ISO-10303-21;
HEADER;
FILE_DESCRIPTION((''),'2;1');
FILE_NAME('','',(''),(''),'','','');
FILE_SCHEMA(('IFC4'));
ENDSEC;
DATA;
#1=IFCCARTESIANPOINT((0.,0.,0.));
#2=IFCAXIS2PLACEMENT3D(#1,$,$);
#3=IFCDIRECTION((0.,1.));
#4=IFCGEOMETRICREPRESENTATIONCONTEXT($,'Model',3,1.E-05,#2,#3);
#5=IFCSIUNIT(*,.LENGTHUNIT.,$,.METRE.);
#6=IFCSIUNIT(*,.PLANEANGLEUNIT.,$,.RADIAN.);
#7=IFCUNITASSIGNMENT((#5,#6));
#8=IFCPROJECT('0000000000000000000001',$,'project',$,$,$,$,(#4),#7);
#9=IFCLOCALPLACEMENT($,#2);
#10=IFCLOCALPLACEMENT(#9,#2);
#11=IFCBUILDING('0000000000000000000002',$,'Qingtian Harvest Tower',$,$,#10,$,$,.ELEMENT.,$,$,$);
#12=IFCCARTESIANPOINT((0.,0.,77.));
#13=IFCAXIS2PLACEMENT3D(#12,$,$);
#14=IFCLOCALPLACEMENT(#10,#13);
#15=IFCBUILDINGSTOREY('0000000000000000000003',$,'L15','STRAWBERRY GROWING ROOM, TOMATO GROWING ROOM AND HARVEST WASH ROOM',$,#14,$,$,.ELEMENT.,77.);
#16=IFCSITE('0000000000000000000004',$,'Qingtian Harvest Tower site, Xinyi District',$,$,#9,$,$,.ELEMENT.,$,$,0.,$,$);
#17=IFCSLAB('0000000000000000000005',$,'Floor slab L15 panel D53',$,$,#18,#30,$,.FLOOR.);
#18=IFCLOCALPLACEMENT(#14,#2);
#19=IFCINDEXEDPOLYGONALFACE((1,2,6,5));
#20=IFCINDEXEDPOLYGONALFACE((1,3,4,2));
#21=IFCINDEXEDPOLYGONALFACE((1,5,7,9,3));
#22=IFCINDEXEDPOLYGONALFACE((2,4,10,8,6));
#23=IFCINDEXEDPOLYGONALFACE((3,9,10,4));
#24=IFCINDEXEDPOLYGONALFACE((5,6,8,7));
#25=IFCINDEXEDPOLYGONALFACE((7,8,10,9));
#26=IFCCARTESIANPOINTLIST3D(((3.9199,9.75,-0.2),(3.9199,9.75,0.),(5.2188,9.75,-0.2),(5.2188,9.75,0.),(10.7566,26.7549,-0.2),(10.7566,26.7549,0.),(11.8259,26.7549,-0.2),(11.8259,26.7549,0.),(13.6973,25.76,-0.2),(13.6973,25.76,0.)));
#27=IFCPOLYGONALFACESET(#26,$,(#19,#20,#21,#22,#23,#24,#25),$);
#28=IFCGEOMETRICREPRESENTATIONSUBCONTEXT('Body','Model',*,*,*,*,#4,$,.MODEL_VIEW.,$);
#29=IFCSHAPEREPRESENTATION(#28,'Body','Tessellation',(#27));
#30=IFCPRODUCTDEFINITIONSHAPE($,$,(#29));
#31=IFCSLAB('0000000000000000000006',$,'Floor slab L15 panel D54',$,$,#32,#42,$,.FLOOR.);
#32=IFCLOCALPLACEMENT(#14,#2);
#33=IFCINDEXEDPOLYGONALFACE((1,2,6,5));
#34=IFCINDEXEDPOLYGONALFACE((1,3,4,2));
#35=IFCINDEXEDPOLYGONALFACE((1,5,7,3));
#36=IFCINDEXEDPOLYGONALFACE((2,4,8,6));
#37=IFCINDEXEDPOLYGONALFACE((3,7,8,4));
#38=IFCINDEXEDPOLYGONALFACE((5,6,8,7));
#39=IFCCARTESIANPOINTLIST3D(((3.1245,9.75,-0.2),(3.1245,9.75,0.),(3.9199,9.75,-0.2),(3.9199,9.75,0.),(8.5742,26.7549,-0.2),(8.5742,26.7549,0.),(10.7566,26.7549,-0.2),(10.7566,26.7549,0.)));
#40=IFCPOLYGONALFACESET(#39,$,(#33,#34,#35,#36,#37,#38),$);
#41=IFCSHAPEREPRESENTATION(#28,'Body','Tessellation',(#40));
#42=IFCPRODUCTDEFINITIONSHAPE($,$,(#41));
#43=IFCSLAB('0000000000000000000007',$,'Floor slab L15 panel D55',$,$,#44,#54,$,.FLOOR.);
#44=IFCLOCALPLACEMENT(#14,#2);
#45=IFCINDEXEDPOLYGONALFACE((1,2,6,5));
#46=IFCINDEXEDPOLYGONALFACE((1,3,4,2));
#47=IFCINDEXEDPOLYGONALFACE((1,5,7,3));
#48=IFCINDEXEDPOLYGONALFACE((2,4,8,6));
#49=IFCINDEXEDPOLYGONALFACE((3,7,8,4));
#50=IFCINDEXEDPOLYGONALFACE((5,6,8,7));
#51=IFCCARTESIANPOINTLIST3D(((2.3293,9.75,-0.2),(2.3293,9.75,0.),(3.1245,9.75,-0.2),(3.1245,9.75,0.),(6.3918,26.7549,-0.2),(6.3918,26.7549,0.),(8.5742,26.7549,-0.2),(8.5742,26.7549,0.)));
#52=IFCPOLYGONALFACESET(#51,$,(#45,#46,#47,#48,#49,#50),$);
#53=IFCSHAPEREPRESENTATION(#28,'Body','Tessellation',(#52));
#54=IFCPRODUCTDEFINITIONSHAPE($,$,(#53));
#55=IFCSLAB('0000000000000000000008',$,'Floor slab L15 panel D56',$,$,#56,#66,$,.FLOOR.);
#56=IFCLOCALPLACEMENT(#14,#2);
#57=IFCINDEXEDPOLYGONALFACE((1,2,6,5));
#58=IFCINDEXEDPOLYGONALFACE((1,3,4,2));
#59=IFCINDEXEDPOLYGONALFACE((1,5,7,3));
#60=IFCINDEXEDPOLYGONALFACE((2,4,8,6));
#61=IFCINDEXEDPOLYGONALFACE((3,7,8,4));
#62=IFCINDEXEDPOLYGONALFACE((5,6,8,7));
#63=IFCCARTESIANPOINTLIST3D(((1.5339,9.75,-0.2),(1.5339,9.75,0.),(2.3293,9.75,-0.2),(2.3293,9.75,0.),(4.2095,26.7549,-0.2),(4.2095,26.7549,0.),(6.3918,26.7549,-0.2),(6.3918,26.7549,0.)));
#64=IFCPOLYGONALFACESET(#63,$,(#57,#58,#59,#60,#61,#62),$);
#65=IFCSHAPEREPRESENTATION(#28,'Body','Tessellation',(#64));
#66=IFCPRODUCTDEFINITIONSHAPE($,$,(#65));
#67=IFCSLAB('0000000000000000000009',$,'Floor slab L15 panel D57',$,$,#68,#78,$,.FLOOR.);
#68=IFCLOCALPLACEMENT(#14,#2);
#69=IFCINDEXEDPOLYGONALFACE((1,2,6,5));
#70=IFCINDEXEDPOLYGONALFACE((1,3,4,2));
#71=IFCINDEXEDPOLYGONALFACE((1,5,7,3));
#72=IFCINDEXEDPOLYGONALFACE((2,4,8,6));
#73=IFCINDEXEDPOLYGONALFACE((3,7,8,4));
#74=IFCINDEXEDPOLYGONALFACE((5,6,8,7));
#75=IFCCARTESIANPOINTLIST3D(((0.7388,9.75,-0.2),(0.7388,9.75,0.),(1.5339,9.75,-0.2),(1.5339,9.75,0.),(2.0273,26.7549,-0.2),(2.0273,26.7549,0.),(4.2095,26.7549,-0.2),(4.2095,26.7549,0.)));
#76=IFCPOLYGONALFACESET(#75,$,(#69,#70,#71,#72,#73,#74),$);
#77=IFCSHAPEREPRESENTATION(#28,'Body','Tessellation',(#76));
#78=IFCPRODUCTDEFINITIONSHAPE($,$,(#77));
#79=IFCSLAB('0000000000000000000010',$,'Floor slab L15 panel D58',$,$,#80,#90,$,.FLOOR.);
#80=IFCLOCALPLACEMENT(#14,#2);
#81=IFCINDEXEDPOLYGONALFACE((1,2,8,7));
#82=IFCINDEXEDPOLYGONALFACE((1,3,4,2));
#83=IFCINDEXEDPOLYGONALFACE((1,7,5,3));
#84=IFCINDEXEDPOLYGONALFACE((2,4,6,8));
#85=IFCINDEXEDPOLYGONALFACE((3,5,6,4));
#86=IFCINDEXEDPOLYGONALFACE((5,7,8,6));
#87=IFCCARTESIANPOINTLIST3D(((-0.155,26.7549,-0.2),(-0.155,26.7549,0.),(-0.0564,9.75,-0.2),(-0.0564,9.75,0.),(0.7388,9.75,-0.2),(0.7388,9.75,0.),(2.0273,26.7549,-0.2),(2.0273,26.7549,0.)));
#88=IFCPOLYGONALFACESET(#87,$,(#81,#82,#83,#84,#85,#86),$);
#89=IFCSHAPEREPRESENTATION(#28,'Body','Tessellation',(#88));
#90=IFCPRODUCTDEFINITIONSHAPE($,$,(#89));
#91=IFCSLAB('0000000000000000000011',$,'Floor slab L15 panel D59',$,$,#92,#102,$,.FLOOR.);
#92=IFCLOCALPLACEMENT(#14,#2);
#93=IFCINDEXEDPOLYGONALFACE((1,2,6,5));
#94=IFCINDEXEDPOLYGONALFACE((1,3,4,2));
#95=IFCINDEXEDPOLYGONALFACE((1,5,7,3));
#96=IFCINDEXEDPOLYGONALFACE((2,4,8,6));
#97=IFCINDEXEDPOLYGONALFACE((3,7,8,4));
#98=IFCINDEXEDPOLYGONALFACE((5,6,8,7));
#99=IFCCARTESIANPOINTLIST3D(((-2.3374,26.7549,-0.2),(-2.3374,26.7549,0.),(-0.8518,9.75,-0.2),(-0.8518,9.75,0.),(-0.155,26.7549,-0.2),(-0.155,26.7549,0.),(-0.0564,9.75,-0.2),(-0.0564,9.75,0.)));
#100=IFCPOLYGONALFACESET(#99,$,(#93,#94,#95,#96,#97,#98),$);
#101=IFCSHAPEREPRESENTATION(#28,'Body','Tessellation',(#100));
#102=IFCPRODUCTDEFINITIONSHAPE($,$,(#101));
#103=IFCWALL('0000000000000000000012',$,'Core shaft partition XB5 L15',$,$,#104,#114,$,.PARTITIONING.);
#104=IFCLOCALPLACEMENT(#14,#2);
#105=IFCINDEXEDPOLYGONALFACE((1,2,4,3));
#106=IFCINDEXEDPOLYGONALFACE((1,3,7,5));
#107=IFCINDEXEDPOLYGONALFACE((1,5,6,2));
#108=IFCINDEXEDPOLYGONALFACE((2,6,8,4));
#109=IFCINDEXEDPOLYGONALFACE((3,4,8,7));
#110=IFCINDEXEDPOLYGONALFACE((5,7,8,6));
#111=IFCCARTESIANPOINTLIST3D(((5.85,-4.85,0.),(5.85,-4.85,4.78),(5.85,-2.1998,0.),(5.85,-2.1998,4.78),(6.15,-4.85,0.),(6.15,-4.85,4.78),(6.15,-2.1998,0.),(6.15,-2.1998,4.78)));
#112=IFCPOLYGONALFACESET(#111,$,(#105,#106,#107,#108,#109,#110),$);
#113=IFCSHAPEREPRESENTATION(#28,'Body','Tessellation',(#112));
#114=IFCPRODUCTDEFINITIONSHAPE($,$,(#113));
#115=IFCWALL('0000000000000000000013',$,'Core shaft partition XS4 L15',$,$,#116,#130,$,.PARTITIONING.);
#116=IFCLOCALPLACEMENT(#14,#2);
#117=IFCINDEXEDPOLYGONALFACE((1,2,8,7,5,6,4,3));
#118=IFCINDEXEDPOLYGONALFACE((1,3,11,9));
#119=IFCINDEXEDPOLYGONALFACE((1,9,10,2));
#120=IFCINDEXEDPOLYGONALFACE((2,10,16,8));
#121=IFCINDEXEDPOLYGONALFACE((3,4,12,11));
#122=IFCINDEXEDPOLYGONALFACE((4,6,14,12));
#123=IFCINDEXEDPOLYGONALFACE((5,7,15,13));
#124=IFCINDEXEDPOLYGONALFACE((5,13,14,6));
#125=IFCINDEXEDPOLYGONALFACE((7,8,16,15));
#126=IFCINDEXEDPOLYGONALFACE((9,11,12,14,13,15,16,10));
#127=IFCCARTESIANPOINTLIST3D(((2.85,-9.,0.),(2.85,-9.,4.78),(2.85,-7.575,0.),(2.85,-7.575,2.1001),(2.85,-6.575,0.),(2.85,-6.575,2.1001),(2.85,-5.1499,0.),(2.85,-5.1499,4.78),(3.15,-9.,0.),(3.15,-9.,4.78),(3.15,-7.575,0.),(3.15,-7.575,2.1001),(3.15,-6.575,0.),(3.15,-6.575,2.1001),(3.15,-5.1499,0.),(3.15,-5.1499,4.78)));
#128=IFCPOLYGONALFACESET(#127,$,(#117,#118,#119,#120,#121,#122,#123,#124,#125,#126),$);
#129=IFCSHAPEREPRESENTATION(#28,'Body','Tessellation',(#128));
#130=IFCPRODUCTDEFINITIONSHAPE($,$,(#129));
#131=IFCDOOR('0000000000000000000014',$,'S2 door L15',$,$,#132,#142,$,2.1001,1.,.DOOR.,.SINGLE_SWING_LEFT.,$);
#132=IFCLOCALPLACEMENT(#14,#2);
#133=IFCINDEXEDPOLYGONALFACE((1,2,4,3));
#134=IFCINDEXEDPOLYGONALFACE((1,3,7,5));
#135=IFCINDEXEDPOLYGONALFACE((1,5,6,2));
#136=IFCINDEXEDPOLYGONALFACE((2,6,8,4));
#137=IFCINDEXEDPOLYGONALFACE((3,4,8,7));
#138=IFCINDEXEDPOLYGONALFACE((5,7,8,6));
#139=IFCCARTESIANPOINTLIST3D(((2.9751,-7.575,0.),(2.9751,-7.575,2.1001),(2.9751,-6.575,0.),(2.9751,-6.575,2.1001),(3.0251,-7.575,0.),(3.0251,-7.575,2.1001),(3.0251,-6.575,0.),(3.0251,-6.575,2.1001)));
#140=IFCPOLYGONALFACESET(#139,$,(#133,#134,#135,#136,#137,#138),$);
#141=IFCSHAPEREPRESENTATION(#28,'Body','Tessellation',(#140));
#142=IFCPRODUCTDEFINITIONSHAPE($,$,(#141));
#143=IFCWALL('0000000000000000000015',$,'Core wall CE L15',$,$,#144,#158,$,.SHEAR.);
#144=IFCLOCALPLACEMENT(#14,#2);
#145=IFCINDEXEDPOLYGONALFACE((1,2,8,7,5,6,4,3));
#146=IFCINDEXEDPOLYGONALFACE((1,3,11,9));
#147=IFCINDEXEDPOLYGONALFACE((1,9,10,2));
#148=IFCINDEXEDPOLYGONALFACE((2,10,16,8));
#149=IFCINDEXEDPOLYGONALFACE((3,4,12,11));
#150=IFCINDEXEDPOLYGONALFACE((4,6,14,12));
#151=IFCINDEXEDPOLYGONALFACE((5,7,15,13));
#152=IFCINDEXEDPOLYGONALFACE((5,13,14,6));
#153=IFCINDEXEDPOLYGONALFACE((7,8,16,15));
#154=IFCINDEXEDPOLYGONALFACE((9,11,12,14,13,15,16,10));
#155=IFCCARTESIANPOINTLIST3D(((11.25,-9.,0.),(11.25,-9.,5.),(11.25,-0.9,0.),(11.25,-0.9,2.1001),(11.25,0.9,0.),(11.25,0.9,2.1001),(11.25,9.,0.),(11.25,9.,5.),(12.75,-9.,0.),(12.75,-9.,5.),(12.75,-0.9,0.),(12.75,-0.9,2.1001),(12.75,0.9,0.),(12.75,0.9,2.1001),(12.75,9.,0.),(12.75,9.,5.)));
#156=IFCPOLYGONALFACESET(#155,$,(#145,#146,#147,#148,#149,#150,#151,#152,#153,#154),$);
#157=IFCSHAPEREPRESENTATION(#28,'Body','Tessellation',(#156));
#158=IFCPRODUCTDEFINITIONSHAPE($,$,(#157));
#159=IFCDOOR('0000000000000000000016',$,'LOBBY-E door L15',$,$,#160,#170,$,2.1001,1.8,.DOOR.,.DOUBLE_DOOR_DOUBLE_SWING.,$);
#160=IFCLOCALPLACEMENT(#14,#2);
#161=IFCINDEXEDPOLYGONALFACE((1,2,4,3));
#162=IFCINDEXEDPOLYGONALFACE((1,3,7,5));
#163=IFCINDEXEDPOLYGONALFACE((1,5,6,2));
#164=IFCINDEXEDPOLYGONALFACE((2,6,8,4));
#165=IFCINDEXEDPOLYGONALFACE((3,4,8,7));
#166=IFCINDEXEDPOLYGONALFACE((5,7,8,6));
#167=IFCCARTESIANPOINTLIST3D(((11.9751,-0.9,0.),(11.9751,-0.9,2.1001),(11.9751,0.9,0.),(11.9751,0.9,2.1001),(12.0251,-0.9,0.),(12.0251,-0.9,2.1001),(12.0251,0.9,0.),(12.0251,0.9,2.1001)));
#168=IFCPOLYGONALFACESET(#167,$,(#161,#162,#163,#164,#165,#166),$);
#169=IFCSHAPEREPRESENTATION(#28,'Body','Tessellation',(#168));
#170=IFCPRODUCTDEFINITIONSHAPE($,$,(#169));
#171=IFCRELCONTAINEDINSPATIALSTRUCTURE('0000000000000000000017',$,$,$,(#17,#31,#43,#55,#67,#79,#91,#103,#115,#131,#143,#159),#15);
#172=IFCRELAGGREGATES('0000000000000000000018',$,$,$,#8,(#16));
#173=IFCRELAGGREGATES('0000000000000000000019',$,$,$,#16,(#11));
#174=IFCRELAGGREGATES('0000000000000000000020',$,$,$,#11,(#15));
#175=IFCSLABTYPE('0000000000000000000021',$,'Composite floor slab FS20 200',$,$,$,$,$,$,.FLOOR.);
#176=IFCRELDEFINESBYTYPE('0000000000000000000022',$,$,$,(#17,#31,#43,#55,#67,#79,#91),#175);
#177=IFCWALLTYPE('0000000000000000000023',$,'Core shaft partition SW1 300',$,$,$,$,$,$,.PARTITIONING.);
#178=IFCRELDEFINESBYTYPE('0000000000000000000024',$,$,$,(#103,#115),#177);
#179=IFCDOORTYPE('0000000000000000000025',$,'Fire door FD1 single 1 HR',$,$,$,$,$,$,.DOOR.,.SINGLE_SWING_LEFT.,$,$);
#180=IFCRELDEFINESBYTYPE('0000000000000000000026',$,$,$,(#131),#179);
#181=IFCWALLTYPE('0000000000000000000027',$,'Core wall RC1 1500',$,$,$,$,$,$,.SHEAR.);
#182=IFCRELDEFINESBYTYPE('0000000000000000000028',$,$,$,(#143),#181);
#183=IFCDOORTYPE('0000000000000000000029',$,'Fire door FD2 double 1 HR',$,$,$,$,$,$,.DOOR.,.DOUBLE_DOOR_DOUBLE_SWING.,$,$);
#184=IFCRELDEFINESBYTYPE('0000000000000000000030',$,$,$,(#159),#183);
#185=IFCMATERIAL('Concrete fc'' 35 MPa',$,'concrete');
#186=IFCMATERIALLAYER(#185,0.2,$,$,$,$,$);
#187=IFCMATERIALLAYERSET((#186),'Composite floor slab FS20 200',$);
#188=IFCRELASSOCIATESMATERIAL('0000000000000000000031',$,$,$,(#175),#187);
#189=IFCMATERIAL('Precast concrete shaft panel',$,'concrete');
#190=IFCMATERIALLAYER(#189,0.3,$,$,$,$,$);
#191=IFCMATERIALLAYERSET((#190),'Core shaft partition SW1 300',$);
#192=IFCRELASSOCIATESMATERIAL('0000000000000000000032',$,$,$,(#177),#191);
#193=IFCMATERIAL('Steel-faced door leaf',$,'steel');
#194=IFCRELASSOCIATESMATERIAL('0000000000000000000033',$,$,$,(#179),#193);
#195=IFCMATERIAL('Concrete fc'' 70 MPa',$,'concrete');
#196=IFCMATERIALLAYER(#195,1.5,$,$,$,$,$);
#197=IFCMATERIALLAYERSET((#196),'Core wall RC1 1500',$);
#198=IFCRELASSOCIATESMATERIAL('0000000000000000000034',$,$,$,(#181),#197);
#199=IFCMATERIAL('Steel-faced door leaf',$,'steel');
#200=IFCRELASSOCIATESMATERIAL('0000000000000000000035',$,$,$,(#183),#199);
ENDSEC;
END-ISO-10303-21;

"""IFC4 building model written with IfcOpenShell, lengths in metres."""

from ifc_helpers import new_model, si_unit, direction, frame, frame_2d, origin, place, context, subcontext, project, spatial, polyline, rectangle, outline, extrude, material, layer, layer_set, type_object, element, fill, save


model = new_model("IFC4")

# Units and contexts
model_context = context("Model", 3, precision=1e-05, world=origin(), true_north=direction((0.0, 1.0)))
body_context = subcontext(model_context, "Body", "Model", "MODEL_VIEW")
ifc_project = project(units=[si_unit("LENGTHUNIT", "METRE"), si_unit("PLANEANGLEUNIT", "RADIAN")], contexts=[model_context])

# Site, building, storey
site_placement = place(None, origin())
site = spatial("IfcSite", under=ifc_project, at=site_placement, Name="Qingtian Harvest Tower site, Xinyi District", CompositionType="ELEMENT", RefElevation=0.0)
building_placement = place(site_placement, origin())
building = spatial("IfcBuilding", under=site, at=building_placement, Name="Qingtian Harvest Tower", CompositionType="ELEMENT")
storey_placement = place(building_placement, frame((0.0, 0.0, 77.0)))
storey = spatial("IfcBuildingStorey", under=building, at=storey_placement, Name="L15", Description="STRAWBERRY GROWING ROOM, TOMATO GROWING ROOM AND HARVEST WASH ROOM", CompositionType="ELEMENT", Elevation=77.0)

# Slabs
ifc_material_1 = material(Name="Concrete fc' 35 MPa", Category="concrete")
ifc_layer_1 = layer(ifc_material_1, 0.2)
ifc_layer_set_1 = layer_set([ifc_layer_1], Name="Composite floor slab FS20 200")
slab_type = type_object("IfcSlabType", Name="Composite floor slab FS20 200", PredefinedType="FLOOR", material=ifc_layer_set_1)
slab_1_placement = place(storey_placement, frame((0.0, 0.0, -0.2)))
element("IfcSlab", 1, at=slab_1_placement, inside=storey, type_object=slab_type, Name="Floor slab L15 panel D53", PredefinedType="FLOOR", context=body_context, shape_type="SweptSolid", body=[
    extrude(outline(polyline([(3.9199, 9.75), (10.7566, 26.7549), (11.8259, 26.7549), (13.6973, 25.76), (5.2188, 9.75), (3.9199, 9.75)])), origin(), (0.0, 0.0, 1.0), 0.2),
])
slab_2_placement = place(storey_placement, frame((0.0, 0.0, -0.2)))
element("IfcSlab", 2, at=slab_2_placement, inside=storey, type_object=slab_type, Name="Floor slab L15 panel D54", PredefinedType="FLOOR", context=body_context, shape_type="SweptSolid", body=[
    extrude(outline(polyline([(3.1245, 9.75), (8.5742, 26.7549), (10.7566, 26.7549), (3.9199, 9.75), (3.1245, 9.75)])), origin(), (0.0, 0.0, 1.0), 0.2),
])
slab_3_placement = place(storey_placement, frame((0.0, 0.0, -0.2)))
element("IfcSlab", 3, at=slab_3_placement, inside=storey, type_object=slab_type, Name="Floor slab L15 panel D55", PredefinedType="FLOOR", context=body_context, shape_type="SweptSolid", body=[
    extrude(outline(polyline([(2.3293, 9.75), (6.3918, 26.7549), (8.5742, 26.7549), (3.1245, 9.75), (2.3293, 9.75)])), origin(), (0.0, 0.0, 1.0), 0.2),
])
slab_4_placement = place(storey_placement, frame((0.0, 0.0, -0.2)))
element("IfcSlab", 4, at=slab_4_placement, inside=storey, type_object=slab_type, Name="Floor slab L15 panel D56", PredefinedType="FLOOR", context=body_context, shape_type="SweptSolid", body=[
    extrude(outline(polyline([(1.5339, 9.75), (4.2095, 26.7549), (6.3918, 26.7549), (2.3293, 9.75), (1.5339, 9.75)])), origin(), (0.0, 0.0, 1.0), 0.2),
])
slab_5_placement = place(storey_placement, frame((0.0, 0.0, -0.2)))
element("IfcSlab", 5, at=slab_5_placement, inside=storey, type_object=slab_type, Name="Floor slab L15 panel D57", PredefinedType="FLOOR", context=body_context, shape_type="SweptSolid", body=[
    extrude(outline(polyline([(0.7388, 9.75), (2.0273, 26.7549), (4.2095, 26.7549), (1.5339, 9.75), (0.7388, 9.75)])), origin(), (0.0, 0.0, 1.0), 0.2),
])
slab_6_placement = place(storey_placement, frame((0.0, 0.0, -0.2)))
element("IfcSlab", 6, at=slab_6_placement, inside=storey, type_object=slab_type, Name="Floor slab L15 panel D58", PredefinedType="FLOOR", context=body_context, shape_type="SweptSolid", body=[
    extrude(outline(polyline([(-0.0564, 9.75), (-0.155, 26.7549), (2.0273, 26.7549), (0.7388, 9.75), (-0.0564, 9.75)])), origin(), (0.0, 0.0, 1.0), 0.2),
])
slab_7_placement = place(storey_placement, frame((0.0, 0.0, -0.2)))
element("IfcSlab", 7, at=slab_7_placement, inside=storey, type_object=slab_type, Name="Floor slab L15 panel D59", PredefinedType="FLOOR", context=body_context, shape_type="SweptSolid", body=[
    extrude(outline(polyline([(-0.8518, 9.75), (-2.3374, 26.7549), (-0.155, 26.7549), (-0.0564, 9.75), (-0.8518, 9.75)])), origin(), (0.0, 0.0, 1.0), 0.2),
])

# Wall
ifc_material_2 = material(Name="Precast concrete shaft panel", Category="concrete")
ifc_layer_2 = layer(ifc_material_2, 0.3)
ifc_layer_set_2 = layer_set([ifc_layer_2], Name="Core shaft partition SW1 300")
wall_type_1 = type_object("IfcWallType", Name="Core shaft partition SW1 300", PredefinedType="PARTITIONING", material=ifc_layer_set_2)
wall_1_placement = place(storey_placement, frame((6.0, -4.8501, 0.0), z_axis=(0.0, 0.0, 1.0), x_axis=(0.0, 1.0, 0.0)))
element("IfcWall", 8, at=wall_1_placement, inside=storey, type_object=wall_type_1, Name="Core shaft partition XB5 L15", PredefinedType="PARTITIONING", context=body_context, shape_type="SweptSolid", body=[
    extrude(rectangle(XDim=2.6501, YDim=0.3, at=frame_2d((1.3252, 0.0))), origin(), (0.0, 0.0, 1.0), 4.78),
])

# Walls, openings, doors
wall_2_placement = place(storey_placement, frame((3.0, -9.0, 0.0), z_axis=(0.0, 0.0, 1.0), x_axis=(0.0, 1.0, 0.0)))
wall_2 = element("IfcWall", 9, at=wall_2_placement, inside=storey, type_object=wall_type_1, Name="Core shaft partition XS4 L15", PredefinedType="PARTITIONING", context=body_context, shape_type="SweptSolid", body=[
    extrude(rectangle(XDim=3.8501, YDim=0.3, at=frame_2d((1.925, 0.0))), origin(), (0.0, 0.0, 1.0), 4.78),
])
opening_1_placement = place(wall_2_placement, frame((1.425, 0.0, 0.0)))
opening_1 = element("IfcOpeningElement", 10, at=opening_1_placement, cuts=wall_2, PredefinedType="OPENING", context=body_context, shape_type="SweptSolid", body=[
    extrude(rectangle(XDim=1.0, YDim=2.1001, at=frame_2d((0.5, 1.05))), frame((0.0, 0.1599, 0.0), z_axis=(0.0, -1.0, 0.0), x_axis=(1.0, 0.0, 0.0)), (0.0, 0.0, 1.0), 0.3201),
])
ifc_material_3 = material(Name="Steel-faced door leaf", Category="steel")
door_type_1 = type_object("IfcDoorType", Name="Fire door FD1 single 1 HR", OperationType="SINGLE_SWING_LEFT", PredefinedType="DOOR", material=ifc_material_3)
door_1_placement = place(opening_1_placement, origin())
door_1 = element("IfcDoor", 11, at=door_1_placement, inside=storey, type_object=door_type_1, Name="S2 door L15", OperationType="SINGLE_SWING_LEFT", OverallHeight=2.1001, OverallWidth=1.0, PredefinedType="DOOR", context=body_context, shape_type="SweptSolid", body=[
    extrude(rectangle(XDim=1.0, YDim=2.1001, at=frame_2d((0.5, 1.05))), frame((0.0, 0.0249, 0.0), z_axis=(0.0, -1.0, 0.0), x_axis=(1.0, 0.0, 0.0)), (0.0, 0.0, 1.0), 0.05),
])
fill(opening_1, door_1)
ifc_material_4 = material(Name="Concrete fc' 70 MPa", Category="concrete")
ifc_layer_3 = layer(ifc_material_4, 1.5)
ifc_layer_set_3 = layer_set([ifc_layer_3], Name="Core wall RC1 1500")
wall_type_2 = type_object("IfcWallType", Name="Core wall RC1 1500", PredefinedType="SHEAR", material=ifc_layer_set_3)
wall_3_placement = place(storey_placement, frame((12.0, -9.0, 0.0), z_axis=(0.0, 0.0, 1.0), x_axis=(0.0, 1.0, 0.0)))
wall_3 = element("IfcWall", 12, at=wall_3_placement, inside=storey, type_object=wall_type_2, Name="Core wall CE L15", PredefinedType="SHEAR", context=body_context, shape_type="SweptSolid", body=[
    extrude(rectangle(XDim=18.0, YDim=1.5, at=frame_2d((9.0, 0.0))), origin(), (0.0, 0.0, 1.0), 5.0),
])
opening_2_placement = place(wall_3_placement, frame((8.1001, 0.0, 0.0)))
opening_2 = element("IfcOpeningElement", 13, at=opening_2_placement, cuts=wall_3, PredefinedType="OPENING", context=body_context, shape_type="SweptSolid", body=[
    extrude(rectangle(XDim=1.8, YDim=2.1001, at=frame_2d((0.8999, 1.05))), frame((0.0, 0.76, 0.0), z_axis=(0.0, -1.0, 0.0), x_axis=(1.0, 0.0, 0.0)), (0.0, 0.0, 1.0), 1.52),
])
ifc_material_5 = material(Name="Steel-faced door leaf", Category="steel")
door_type_2 = type_object("IfcDoorType", Name="Fire door FD2 double 1 HR", OperationType="DOUBLE_DOOR_DOUBLE_SWING", PredefinedType="DOOR", material=ifc_material_5)
door_2_placement = place(opening_2_placement, origin())
door_2 = element("IfcDoor", 14, at=door_2_placement, inside=storey, type_object=door_type_2, Name="LOBBY-E door L15", OperationType="DOUBLE_DOOR_DOUBLE_SWING", OverallHeight=2.1001, OverallWidth=1.8, PredefinedType="DOOR", context=body_context, shape_type="SweptSolid", body=[
    extrude(rectangle(XDim=1.8, YDim=2.1001, at=frame_2d((0.8999, 1.05))), frame((0.0, 0.0249, 0.0), z_axis=(0.0, -1.0, 0.0), x_axis=(1.0, 0.0, 0.0)), (0.0, 0.0, 1.0), 0.05),
])
fill(opening_2, door_2)

save(model, "model.ifc")
